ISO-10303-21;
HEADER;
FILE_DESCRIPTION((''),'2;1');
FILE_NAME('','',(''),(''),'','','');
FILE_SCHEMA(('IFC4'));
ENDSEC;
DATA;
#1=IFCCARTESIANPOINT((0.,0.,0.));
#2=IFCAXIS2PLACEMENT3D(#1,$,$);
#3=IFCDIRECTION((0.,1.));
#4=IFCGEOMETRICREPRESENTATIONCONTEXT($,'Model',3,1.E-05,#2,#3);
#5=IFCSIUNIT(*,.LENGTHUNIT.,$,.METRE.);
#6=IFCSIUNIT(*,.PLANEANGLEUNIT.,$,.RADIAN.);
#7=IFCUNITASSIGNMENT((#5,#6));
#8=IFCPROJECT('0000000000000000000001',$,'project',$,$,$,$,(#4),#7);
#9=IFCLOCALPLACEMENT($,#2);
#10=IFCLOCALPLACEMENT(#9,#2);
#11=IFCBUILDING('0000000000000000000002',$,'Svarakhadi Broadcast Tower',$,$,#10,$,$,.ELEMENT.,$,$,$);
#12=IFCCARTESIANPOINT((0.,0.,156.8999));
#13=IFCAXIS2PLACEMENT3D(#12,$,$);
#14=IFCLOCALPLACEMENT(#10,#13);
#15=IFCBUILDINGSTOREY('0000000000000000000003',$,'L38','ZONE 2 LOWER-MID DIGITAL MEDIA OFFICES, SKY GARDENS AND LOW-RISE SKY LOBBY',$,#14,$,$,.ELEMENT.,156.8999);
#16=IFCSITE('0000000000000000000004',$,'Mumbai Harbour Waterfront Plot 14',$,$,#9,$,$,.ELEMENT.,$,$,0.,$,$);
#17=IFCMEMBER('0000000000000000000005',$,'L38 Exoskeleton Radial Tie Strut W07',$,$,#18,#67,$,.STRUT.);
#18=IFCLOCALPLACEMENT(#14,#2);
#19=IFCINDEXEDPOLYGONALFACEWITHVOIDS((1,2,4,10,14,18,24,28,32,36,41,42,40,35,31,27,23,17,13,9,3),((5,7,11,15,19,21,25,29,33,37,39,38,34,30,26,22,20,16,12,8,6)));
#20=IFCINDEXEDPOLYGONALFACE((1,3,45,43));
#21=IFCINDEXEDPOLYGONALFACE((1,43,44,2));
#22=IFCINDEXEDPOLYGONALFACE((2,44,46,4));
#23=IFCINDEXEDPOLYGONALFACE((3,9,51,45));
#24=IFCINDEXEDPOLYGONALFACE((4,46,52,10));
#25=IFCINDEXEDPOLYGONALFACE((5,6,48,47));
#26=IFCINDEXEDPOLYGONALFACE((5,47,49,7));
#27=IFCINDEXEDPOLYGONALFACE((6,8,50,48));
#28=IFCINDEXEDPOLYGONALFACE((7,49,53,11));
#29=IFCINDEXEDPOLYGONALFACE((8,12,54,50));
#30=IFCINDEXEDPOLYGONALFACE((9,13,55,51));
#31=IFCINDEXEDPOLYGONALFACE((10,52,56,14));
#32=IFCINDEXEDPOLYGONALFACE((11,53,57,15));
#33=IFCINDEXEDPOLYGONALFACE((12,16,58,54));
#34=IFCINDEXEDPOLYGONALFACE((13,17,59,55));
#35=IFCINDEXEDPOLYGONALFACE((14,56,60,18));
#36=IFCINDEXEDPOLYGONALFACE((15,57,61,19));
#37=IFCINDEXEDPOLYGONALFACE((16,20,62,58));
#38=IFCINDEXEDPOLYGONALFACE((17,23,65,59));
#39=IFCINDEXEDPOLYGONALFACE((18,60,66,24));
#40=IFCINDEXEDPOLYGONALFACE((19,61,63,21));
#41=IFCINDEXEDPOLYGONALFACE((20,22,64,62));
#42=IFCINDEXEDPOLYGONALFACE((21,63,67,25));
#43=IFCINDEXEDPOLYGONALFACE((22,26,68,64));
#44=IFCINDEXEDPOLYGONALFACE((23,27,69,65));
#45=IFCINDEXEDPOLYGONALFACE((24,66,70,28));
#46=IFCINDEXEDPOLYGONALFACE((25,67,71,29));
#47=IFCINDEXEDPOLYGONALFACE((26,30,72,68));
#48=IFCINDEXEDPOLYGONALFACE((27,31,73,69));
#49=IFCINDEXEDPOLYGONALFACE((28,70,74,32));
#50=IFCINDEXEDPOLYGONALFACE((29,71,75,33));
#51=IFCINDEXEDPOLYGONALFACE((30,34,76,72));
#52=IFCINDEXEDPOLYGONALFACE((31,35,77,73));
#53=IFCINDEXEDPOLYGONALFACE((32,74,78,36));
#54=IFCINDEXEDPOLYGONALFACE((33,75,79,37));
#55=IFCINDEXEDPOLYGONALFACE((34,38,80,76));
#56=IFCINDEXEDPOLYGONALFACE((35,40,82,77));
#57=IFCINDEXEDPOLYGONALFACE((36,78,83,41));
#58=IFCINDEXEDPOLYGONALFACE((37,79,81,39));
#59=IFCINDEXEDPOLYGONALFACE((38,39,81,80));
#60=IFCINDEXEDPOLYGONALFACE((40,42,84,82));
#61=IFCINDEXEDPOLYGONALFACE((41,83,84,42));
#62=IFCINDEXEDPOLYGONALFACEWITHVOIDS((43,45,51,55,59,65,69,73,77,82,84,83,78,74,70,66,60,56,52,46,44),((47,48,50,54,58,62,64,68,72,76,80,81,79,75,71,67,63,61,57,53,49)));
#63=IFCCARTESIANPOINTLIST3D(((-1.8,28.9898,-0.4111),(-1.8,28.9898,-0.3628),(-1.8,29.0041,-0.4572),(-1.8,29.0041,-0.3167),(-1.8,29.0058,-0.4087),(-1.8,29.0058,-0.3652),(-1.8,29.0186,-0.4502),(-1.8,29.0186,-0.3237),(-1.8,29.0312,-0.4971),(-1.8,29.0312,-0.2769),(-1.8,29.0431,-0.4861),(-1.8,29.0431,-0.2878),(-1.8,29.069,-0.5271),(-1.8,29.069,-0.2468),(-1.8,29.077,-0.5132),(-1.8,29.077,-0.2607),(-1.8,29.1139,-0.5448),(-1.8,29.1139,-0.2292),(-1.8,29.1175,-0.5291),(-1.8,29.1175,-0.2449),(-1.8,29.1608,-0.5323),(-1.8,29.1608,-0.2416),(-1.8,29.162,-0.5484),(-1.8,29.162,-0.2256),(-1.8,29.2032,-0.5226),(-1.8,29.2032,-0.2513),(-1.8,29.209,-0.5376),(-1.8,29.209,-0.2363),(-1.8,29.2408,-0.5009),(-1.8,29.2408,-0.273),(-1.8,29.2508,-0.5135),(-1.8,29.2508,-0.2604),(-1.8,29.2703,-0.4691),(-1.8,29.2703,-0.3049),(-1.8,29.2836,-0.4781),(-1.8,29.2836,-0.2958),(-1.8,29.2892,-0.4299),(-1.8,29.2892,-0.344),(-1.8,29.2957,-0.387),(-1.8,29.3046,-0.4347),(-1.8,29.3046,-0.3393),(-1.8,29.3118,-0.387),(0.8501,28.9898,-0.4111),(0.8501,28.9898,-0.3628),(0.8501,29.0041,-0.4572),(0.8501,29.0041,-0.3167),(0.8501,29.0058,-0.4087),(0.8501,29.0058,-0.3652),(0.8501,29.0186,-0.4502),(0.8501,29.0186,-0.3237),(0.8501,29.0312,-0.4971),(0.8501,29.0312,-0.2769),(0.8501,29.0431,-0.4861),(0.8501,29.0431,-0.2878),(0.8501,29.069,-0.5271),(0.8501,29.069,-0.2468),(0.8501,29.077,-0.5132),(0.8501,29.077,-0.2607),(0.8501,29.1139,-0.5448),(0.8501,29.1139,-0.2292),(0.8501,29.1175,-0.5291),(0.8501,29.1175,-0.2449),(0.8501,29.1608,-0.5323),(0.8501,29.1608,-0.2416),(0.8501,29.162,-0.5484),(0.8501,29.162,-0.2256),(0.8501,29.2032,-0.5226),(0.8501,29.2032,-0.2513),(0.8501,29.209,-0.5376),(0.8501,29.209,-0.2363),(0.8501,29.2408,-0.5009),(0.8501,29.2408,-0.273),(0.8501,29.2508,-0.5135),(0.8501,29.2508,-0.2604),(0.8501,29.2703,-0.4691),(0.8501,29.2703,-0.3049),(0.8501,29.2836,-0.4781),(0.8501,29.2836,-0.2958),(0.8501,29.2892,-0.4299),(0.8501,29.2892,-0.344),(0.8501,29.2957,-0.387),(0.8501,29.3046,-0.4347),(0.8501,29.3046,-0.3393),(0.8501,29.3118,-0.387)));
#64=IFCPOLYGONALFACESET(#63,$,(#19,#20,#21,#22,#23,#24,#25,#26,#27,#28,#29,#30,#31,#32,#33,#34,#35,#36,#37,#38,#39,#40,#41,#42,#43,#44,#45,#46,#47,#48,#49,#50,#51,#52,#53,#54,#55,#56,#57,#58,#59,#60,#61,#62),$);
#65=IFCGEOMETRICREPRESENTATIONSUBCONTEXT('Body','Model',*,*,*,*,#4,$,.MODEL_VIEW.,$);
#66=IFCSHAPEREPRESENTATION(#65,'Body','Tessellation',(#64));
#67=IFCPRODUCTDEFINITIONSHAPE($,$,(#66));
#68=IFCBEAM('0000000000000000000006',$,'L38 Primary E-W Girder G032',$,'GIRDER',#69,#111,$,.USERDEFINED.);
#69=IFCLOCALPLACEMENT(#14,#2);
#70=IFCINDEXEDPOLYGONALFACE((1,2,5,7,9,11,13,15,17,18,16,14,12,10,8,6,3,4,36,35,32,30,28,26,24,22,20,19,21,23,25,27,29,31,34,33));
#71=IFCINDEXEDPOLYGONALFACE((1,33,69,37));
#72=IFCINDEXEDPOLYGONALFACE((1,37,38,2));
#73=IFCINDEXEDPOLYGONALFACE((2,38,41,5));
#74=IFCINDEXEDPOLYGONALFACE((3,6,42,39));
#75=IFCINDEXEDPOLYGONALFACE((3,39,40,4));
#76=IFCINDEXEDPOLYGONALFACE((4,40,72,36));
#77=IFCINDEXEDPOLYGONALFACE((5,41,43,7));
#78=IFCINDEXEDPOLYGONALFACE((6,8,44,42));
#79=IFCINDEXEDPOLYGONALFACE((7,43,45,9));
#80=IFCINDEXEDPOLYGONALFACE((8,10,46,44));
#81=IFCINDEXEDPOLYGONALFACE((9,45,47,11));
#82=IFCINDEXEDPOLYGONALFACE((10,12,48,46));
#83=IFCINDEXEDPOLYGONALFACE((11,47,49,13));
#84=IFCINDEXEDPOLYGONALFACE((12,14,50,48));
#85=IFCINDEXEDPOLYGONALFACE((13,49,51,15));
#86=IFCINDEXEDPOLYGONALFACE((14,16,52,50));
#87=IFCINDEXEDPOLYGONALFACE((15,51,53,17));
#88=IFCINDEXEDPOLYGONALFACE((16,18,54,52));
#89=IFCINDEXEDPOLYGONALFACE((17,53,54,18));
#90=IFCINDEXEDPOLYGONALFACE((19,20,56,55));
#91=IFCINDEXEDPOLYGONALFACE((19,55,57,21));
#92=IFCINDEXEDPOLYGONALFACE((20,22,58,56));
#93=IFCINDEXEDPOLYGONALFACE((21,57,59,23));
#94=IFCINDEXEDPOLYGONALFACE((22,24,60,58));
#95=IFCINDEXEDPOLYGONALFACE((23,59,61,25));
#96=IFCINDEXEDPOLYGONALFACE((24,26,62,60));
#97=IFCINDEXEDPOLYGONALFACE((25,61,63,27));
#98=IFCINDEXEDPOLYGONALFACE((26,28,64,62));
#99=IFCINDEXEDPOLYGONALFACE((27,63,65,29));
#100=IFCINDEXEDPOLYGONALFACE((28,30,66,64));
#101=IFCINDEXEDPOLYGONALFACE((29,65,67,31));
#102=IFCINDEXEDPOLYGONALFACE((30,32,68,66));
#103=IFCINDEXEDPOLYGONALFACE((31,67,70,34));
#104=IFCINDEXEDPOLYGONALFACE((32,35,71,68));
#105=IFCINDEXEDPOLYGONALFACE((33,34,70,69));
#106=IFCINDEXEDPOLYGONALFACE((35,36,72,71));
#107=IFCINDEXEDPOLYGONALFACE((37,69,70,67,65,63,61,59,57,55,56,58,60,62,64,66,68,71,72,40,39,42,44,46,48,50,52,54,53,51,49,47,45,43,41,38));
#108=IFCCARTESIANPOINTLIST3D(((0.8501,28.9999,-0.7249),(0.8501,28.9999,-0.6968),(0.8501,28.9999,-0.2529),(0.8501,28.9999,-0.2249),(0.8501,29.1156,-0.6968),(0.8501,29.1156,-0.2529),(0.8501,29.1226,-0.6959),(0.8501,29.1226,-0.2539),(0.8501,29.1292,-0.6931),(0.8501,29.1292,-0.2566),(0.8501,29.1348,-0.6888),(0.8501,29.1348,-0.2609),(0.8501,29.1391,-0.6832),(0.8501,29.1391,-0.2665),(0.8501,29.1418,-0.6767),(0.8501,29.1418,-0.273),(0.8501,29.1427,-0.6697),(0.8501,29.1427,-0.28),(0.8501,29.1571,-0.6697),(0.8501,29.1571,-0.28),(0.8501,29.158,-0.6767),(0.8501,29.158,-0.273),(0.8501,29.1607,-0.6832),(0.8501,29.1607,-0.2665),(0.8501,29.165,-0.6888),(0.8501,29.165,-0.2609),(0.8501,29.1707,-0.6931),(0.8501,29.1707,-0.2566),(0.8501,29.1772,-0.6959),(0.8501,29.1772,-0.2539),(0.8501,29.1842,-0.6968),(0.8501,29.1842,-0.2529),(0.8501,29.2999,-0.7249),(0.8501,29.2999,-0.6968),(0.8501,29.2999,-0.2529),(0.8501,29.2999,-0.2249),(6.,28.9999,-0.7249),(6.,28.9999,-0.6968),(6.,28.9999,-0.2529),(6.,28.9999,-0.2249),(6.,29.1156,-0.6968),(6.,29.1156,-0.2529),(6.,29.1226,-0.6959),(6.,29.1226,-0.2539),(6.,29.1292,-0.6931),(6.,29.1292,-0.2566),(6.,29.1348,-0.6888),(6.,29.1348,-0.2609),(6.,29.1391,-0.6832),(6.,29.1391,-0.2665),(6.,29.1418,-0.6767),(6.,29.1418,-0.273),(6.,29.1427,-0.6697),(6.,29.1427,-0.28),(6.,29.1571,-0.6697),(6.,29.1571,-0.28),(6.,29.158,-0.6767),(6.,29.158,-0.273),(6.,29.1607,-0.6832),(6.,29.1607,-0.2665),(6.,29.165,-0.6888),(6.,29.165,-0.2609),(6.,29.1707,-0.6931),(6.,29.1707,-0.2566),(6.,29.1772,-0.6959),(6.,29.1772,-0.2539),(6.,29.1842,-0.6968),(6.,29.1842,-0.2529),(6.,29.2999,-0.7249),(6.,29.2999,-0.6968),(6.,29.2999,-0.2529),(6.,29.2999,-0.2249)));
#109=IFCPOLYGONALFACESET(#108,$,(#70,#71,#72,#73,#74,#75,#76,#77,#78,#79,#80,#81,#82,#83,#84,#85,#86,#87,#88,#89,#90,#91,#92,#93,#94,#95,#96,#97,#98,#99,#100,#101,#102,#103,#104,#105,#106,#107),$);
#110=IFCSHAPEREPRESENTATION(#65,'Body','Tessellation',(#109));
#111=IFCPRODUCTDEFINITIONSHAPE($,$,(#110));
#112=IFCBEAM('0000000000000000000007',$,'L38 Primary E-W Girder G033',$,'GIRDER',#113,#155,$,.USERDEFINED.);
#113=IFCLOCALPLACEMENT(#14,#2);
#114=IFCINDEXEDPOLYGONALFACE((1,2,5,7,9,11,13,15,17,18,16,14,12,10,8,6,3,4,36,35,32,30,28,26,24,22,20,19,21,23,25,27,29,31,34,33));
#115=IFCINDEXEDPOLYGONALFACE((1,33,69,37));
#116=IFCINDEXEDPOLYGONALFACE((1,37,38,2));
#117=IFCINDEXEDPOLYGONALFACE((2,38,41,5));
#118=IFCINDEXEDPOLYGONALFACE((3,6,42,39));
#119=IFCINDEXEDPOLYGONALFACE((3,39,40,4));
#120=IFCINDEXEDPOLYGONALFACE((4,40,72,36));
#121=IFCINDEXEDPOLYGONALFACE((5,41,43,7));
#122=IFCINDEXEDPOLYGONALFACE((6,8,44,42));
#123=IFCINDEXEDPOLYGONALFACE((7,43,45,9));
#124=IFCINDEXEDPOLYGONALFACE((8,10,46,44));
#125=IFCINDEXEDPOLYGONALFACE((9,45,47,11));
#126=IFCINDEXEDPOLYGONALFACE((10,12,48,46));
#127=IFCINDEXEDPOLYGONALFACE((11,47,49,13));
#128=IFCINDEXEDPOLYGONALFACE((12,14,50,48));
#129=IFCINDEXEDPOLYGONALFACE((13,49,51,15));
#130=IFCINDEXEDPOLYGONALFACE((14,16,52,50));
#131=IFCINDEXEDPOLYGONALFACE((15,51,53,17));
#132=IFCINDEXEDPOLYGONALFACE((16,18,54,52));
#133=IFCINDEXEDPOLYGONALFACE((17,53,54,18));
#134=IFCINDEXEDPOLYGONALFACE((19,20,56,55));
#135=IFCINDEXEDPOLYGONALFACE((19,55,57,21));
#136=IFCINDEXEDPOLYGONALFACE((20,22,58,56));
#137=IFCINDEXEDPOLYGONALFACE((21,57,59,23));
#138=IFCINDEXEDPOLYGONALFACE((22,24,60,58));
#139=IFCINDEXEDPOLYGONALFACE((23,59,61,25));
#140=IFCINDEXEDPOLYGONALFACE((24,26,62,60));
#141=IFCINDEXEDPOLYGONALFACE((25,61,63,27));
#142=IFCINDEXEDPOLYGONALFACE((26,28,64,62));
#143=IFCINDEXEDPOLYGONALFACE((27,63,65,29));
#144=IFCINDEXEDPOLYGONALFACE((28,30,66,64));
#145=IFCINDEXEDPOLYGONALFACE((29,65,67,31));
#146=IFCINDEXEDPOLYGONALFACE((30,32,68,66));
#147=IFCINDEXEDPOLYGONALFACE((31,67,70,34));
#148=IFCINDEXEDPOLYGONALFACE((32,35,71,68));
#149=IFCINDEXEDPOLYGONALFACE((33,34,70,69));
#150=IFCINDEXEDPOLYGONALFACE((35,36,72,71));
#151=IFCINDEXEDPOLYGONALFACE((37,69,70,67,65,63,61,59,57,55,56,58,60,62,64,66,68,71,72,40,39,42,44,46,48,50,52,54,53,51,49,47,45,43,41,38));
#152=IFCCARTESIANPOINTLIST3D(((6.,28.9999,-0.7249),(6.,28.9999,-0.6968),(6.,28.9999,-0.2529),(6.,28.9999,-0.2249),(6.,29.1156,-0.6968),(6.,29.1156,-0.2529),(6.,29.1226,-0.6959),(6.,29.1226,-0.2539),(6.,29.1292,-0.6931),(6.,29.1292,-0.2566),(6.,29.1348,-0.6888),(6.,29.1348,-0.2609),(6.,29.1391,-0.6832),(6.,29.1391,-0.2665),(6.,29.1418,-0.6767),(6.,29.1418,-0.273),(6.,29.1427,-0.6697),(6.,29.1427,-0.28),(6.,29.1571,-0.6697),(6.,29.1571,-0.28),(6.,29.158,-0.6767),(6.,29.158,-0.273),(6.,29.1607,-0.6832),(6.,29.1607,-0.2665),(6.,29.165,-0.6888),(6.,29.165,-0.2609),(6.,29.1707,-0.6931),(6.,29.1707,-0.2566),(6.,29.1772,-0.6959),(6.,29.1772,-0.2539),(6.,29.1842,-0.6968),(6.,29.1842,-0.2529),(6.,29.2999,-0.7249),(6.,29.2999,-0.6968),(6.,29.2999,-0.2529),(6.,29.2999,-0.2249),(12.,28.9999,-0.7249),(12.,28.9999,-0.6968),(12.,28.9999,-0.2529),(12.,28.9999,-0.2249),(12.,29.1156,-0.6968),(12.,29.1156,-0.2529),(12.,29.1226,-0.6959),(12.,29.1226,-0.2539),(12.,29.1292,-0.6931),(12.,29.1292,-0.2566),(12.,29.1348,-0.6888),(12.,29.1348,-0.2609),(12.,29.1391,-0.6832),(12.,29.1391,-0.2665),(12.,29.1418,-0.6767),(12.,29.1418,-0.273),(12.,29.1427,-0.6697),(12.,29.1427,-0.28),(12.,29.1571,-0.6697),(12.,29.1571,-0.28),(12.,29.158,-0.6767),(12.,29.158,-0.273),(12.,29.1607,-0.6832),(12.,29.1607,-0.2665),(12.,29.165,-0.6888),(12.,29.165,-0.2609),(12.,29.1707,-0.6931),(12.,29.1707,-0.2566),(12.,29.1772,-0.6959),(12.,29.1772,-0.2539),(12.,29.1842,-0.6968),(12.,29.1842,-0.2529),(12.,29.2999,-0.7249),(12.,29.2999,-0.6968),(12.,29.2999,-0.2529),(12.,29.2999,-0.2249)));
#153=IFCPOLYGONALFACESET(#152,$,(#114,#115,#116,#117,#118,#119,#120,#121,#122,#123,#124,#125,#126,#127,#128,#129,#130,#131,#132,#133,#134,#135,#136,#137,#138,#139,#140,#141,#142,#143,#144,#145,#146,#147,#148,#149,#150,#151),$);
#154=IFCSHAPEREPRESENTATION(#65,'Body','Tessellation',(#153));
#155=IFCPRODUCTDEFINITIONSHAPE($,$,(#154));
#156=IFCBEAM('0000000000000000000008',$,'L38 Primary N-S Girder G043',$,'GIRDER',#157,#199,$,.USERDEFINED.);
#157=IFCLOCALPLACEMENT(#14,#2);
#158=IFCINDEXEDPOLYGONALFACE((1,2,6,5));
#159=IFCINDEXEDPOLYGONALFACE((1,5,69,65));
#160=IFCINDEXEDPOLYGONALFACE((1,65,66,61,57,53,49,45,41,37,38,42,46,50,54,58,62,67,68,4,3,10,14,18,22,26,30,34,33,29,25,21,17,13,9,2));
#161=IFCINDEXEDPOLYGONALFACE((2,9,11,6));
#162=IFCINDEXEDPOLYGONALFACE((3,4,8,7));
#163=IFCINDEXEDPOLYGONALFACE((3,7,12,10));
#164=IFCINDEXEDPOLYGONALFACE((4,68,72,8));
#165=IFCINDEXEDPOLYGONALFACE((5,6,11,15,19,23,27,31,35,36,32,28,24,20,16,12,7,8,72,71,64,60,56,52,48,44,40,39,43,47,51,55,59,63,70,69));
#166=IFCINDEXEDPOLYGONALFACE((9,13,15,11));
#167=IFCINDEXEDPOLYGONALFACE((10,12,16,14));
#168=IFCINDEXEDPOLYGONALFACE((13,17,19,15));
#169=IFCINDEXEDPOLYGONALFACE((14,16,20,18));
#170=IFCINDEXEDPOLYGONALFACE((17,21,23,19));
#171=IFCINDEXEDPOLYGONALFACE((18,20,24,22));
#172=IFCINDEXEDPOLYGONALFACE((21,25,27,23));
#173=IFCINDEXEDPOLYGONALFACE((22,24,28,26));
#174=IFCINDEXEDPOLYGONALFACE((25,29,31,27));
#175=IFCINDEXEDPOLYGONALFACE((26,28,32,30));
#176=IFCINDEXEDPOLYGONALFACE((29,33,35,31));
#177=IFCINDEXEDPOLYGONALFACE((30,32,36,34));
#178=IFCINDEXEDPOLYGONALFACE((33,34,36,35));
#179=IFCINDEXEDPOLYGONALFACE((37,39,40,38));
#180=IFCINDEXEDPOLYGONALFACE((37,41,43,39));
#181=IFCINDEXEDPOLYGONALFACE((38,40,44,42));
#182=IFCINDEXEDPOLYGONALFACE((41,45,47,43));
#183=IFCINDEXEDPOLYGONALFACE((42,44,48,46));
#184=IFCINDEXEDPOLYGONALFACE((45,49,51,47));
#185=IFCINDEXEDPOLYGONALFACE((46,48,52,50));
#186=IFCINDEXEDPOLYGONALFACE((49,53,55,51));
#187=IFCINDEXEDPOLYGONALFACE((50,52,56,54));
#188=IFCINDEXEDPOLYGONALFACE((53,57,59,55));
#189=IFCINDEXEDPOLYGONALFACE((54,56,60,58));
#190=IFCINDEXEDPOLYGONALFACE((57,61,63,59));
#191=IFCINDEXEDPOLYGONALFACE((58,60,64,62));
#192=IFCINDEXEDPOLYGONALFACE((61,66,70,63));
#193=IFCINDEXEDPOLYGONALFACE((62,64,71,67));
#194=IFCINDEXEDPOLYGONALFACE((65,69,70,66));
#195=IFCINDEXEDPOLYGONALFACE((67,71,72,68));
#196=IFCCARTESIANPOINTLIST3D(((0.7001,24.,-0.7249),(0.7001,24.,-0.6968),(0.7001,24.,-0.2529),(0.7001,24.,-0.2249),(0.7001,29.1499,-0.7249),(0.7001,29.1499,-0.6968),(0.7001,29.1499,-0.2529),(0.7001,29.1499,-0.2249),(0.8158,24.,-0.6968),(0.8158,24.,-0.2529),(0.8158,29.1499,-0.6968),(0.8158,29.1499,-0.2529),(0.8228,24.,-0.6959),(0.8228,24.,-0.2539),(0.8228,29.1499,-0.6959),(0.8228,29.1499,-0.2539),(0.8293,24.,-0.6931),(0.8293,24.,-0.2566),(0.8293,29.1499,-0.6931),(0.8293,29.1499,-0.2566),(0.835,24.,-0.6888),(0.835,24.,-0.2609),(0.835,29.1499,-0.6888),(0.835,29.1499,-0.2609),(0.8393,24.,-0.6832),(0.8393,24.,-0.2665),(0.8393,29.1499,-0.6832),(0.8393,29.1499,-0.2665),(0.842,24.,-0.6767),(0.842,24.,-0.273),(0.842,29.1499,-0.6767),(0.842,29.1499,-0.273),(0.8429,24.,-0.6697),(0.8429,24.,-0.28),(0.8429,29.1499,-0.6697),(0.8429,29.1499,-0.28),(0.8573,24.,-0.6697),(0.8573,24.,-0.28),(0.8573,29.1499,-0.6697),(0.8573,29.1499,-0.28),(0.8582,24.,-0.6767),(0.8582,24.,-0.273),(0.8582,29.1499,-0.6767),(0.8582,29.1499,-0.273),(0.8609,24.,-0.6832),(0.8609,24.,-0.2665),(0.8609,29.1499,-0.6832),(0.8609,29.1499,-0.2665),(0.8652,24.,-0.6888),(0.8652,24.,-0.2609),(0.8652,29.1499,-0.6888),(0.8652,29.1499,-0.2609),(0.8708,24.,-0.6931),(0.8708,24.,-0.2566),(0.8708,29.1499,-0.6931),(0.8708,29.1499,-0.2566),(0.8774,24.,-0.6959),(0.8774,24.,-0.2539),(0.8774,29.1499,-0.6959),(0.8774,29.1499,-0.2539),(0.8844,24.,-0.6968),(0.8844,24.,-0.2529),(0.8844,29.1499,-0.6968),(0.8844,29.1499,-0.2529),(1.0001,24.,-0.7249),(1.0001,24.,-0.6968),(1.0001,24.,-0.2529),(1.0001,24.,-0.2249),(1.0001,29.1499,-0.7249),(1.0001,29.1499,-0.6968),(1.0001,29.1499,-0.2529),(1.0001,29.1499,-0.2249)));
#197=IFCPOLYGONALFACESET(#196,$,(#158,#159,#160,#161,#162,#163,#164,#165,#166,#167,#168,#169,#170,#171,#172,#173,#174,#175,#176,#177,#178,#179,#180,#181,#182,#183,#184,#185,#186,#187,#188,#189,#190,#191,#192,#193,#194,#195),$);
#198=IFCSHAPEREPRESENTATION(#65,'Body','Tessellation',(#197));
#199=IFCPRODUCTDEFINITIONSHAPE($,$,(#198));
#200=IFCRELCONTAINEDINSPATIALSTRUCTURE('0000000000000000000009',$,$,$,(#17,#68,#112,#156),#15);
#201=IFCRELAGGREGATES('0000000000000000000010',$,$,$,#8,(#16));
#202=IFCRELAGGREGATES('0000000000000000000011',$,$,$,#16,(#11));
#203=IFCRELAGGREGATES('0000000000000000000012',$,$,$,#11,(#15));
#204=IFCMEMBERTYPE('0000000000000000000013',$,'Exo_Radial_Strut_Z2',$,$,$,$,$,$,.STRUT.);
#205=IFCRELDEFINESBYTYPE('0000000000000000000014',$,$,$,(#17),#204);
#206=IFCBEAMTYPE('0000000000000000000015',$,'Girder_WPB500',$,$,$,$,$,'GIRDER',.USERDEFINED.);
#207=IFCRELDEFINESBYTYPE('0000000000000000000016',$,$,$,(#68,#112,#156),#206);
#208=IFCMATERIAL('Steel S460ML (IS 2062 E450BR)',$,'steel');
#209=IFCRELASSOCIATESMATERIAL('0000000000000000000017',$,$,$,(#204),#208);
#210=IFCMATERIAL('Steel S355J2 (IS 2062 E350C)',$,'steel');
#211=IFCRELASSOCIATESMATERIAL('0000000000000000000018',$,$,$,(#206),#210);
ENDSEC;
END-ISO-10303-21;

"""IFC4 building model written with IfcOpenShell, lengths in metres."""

from ifc_helpers import new_model, si_unit, direction, frame, origin, origin_2d, place, context, subcontext, project, spatial, hollow_circle, i_section, extrude, material, material_profile, profile_set, type_object, element, save


model = new_model("IFC4")

# Units and contexts
model_context = context("Model", 3, precision=1e-05, world=origin(), true_north=direction((0.0, 1.0)))
body_context = subcontext(model_context, "Body", "Model", "MODEL_VIEW")
ifc_project = project(units=[si_unit("LENGTHUNIT", "METRE"), si_unit("PLANEANGLEUNIT", "RADIAN")], contexts=[model_context])

# Site, building, storey
site_placement = place(None, origin())
site = spatial("IfcSite", under=ifc_project, at=site_placement, Name="Mumbai Harbour Waterfront Plot 14", CompositionType="ELEMENT", RefElevation=0.0)
building_placement = place(site_placement, origin())
building = spatial("IfcBuilding", under=site, at=building_placement, Name="Svarakhadi Broadcast Tower", CompositionType="ELEMENT")
storey_placement = place(building_placement, frame((0.0, 0.0, 156.8999)))
storey = spatial("IfcBuildingStorey", under=building, at=storey_placement, Name="L38", Description="ZONE 2 LOWER-MID DIGITAL MEDIA OFFICES, SKY GARDENS AND LOW-RISE SKY LOBBY", CompositionType="ELEMENT", Elevation=156.8999)

# Shared definitions
ifc_material_1 = material(Name="Steel S460ML (IS 2062 E450BR)", Category="steel")

# Shared definitions
ifc_material_2 = material(Name="Steel S355J2 (IS 2062 E350C)", Category="steel")

# Member
ifc_material_profile_1 = material_profile(ifc_material_1, hollow_circle(Radius=0.1619, WallThickness=0.0161, at=origin_2d()), Name="CHS 323.9x16")
ifc_profile_set_1 = profile_set([ifc_material_profile_1], Name="Steel S460ML (IS 2062 E450BR)")
member_type_1 = type_object("IfcMemberType", Name="Exo_Radial_Strut_Z2", PredefinedType="STRUT", material=ifc_profile_set_1)
member_1_placement = place(storey_placement, frame((-1.8, 29.1499, -0.387), z_axis=(1.0, 0.0, 0.0), x_axis=(0.0, 1.0, 0.0)))
element("IfcMember", 1, at=member_1_placement, inside=storey, type_object=member_type_1, Name="L38 Exoskeleton Radial Tie Strut W07", PredefinedType="STRUT", context=body_context, shape_type="SweptSolid", body=[
    extrude(hollow_circle(Radius=0.1619, WallThickness=0.0161, at=origin_2d()), origin(), (0.0, 0.0, 1.0), 2.6501),
])

# Beams
ifc_material_profile_2 = material_profile(ifc_material_2, i_section(OverallWidth=0.3, OverallDepth=0.5, WebThickness=0.0144, FlangeThickness=0.0281, FilletRadius=0.0271, at=origin_2d()), Name="WPB 500x300x187")
ifc_profile_set_2 = profile_set([ifc_material_profile_2], Name="Steel S355J2 (IS 2062 E350C)")
beam_type_1 = type_object("IfcBeamType", Name="Girder_WPB500", ElementType="GIRDER", PredefinedType="USERDEFINED", material=ifc_profile_set_2)
beam_1_placement = place(storey_placement, frame((0.8501, 29.1499, -0.4749), z_axis=(1.0, 0.0, 0.0), x_axis=(0.0, 1.0, 0.0)))
element("IfcBeam", 2, at=beam_1_placement, inside=storey, type_object=beam_type_1, Name="L38 Primary E-W Girder G032", ObjectType="GIRDER", PredefinedType="USERDEFINED", context=body_context, shape_type="SweptSolid", body=[
    extrude(i_section(OverallWidth=0.3, OverallDepth=0.5, WebThickness=0.0144, FlangeThickness=0.0281, FilletRadius=0.0271, at=origin_2d()), origin(), (0.0, 0.0, 1.0), 5.1499),
])
beam_2_placement = place(storey_placement, frame((6.0, 29.1499, -0.4749), z_axis=(1.0, 0.0, 0.0), x_axis=(0.0, 1.0, 0.0)))
element("IfcBeam", 3, at=beam_2_placement, inside=storey, type_object=beam_type_1, Name="L38 Primary E-W Girder G033", ObjectType="GIRDER", PredefinedType="USERDEFINED", context=body_context, shape_type="SweptSolid", body=[
    extrude(i_section(OverallWidth=0.3, OverallDepth=0.5, WebThickness=0.0144, FlangeThickness=0.0281, FilletRadius=0.0271, at=origin_2d()), origin(), (0.0, 0.0, 1.0), 6.0),
])
beam_3_placement = place(storey_placement, frame((0.8501, 24.0, -0.4749), z_axis=(0.0, 1.0, 0.0), x_axis=(-1.0, 0.0, 0.0)))
element("IfcBeam", 4, at=beam_3_placement, inside=storey, type_object=beam_type_1, Name="L38 Primary N-S Girder G043", ObjectType="GIRDER", PredefinedType="USERDEFINED", context=body_context, shape_type="SweptSolid", body=[
    extrude(i_section(OverallWidth=0.3, OverallDepth=0.5, WebThickness=0.0144, FlangeThickness=0.0281, FilletRadius=0.0271, at=origin_2d()), origin(), (0.0, 0.0, 1.0), 5.1499),
])

save(model, "model.ifc")
